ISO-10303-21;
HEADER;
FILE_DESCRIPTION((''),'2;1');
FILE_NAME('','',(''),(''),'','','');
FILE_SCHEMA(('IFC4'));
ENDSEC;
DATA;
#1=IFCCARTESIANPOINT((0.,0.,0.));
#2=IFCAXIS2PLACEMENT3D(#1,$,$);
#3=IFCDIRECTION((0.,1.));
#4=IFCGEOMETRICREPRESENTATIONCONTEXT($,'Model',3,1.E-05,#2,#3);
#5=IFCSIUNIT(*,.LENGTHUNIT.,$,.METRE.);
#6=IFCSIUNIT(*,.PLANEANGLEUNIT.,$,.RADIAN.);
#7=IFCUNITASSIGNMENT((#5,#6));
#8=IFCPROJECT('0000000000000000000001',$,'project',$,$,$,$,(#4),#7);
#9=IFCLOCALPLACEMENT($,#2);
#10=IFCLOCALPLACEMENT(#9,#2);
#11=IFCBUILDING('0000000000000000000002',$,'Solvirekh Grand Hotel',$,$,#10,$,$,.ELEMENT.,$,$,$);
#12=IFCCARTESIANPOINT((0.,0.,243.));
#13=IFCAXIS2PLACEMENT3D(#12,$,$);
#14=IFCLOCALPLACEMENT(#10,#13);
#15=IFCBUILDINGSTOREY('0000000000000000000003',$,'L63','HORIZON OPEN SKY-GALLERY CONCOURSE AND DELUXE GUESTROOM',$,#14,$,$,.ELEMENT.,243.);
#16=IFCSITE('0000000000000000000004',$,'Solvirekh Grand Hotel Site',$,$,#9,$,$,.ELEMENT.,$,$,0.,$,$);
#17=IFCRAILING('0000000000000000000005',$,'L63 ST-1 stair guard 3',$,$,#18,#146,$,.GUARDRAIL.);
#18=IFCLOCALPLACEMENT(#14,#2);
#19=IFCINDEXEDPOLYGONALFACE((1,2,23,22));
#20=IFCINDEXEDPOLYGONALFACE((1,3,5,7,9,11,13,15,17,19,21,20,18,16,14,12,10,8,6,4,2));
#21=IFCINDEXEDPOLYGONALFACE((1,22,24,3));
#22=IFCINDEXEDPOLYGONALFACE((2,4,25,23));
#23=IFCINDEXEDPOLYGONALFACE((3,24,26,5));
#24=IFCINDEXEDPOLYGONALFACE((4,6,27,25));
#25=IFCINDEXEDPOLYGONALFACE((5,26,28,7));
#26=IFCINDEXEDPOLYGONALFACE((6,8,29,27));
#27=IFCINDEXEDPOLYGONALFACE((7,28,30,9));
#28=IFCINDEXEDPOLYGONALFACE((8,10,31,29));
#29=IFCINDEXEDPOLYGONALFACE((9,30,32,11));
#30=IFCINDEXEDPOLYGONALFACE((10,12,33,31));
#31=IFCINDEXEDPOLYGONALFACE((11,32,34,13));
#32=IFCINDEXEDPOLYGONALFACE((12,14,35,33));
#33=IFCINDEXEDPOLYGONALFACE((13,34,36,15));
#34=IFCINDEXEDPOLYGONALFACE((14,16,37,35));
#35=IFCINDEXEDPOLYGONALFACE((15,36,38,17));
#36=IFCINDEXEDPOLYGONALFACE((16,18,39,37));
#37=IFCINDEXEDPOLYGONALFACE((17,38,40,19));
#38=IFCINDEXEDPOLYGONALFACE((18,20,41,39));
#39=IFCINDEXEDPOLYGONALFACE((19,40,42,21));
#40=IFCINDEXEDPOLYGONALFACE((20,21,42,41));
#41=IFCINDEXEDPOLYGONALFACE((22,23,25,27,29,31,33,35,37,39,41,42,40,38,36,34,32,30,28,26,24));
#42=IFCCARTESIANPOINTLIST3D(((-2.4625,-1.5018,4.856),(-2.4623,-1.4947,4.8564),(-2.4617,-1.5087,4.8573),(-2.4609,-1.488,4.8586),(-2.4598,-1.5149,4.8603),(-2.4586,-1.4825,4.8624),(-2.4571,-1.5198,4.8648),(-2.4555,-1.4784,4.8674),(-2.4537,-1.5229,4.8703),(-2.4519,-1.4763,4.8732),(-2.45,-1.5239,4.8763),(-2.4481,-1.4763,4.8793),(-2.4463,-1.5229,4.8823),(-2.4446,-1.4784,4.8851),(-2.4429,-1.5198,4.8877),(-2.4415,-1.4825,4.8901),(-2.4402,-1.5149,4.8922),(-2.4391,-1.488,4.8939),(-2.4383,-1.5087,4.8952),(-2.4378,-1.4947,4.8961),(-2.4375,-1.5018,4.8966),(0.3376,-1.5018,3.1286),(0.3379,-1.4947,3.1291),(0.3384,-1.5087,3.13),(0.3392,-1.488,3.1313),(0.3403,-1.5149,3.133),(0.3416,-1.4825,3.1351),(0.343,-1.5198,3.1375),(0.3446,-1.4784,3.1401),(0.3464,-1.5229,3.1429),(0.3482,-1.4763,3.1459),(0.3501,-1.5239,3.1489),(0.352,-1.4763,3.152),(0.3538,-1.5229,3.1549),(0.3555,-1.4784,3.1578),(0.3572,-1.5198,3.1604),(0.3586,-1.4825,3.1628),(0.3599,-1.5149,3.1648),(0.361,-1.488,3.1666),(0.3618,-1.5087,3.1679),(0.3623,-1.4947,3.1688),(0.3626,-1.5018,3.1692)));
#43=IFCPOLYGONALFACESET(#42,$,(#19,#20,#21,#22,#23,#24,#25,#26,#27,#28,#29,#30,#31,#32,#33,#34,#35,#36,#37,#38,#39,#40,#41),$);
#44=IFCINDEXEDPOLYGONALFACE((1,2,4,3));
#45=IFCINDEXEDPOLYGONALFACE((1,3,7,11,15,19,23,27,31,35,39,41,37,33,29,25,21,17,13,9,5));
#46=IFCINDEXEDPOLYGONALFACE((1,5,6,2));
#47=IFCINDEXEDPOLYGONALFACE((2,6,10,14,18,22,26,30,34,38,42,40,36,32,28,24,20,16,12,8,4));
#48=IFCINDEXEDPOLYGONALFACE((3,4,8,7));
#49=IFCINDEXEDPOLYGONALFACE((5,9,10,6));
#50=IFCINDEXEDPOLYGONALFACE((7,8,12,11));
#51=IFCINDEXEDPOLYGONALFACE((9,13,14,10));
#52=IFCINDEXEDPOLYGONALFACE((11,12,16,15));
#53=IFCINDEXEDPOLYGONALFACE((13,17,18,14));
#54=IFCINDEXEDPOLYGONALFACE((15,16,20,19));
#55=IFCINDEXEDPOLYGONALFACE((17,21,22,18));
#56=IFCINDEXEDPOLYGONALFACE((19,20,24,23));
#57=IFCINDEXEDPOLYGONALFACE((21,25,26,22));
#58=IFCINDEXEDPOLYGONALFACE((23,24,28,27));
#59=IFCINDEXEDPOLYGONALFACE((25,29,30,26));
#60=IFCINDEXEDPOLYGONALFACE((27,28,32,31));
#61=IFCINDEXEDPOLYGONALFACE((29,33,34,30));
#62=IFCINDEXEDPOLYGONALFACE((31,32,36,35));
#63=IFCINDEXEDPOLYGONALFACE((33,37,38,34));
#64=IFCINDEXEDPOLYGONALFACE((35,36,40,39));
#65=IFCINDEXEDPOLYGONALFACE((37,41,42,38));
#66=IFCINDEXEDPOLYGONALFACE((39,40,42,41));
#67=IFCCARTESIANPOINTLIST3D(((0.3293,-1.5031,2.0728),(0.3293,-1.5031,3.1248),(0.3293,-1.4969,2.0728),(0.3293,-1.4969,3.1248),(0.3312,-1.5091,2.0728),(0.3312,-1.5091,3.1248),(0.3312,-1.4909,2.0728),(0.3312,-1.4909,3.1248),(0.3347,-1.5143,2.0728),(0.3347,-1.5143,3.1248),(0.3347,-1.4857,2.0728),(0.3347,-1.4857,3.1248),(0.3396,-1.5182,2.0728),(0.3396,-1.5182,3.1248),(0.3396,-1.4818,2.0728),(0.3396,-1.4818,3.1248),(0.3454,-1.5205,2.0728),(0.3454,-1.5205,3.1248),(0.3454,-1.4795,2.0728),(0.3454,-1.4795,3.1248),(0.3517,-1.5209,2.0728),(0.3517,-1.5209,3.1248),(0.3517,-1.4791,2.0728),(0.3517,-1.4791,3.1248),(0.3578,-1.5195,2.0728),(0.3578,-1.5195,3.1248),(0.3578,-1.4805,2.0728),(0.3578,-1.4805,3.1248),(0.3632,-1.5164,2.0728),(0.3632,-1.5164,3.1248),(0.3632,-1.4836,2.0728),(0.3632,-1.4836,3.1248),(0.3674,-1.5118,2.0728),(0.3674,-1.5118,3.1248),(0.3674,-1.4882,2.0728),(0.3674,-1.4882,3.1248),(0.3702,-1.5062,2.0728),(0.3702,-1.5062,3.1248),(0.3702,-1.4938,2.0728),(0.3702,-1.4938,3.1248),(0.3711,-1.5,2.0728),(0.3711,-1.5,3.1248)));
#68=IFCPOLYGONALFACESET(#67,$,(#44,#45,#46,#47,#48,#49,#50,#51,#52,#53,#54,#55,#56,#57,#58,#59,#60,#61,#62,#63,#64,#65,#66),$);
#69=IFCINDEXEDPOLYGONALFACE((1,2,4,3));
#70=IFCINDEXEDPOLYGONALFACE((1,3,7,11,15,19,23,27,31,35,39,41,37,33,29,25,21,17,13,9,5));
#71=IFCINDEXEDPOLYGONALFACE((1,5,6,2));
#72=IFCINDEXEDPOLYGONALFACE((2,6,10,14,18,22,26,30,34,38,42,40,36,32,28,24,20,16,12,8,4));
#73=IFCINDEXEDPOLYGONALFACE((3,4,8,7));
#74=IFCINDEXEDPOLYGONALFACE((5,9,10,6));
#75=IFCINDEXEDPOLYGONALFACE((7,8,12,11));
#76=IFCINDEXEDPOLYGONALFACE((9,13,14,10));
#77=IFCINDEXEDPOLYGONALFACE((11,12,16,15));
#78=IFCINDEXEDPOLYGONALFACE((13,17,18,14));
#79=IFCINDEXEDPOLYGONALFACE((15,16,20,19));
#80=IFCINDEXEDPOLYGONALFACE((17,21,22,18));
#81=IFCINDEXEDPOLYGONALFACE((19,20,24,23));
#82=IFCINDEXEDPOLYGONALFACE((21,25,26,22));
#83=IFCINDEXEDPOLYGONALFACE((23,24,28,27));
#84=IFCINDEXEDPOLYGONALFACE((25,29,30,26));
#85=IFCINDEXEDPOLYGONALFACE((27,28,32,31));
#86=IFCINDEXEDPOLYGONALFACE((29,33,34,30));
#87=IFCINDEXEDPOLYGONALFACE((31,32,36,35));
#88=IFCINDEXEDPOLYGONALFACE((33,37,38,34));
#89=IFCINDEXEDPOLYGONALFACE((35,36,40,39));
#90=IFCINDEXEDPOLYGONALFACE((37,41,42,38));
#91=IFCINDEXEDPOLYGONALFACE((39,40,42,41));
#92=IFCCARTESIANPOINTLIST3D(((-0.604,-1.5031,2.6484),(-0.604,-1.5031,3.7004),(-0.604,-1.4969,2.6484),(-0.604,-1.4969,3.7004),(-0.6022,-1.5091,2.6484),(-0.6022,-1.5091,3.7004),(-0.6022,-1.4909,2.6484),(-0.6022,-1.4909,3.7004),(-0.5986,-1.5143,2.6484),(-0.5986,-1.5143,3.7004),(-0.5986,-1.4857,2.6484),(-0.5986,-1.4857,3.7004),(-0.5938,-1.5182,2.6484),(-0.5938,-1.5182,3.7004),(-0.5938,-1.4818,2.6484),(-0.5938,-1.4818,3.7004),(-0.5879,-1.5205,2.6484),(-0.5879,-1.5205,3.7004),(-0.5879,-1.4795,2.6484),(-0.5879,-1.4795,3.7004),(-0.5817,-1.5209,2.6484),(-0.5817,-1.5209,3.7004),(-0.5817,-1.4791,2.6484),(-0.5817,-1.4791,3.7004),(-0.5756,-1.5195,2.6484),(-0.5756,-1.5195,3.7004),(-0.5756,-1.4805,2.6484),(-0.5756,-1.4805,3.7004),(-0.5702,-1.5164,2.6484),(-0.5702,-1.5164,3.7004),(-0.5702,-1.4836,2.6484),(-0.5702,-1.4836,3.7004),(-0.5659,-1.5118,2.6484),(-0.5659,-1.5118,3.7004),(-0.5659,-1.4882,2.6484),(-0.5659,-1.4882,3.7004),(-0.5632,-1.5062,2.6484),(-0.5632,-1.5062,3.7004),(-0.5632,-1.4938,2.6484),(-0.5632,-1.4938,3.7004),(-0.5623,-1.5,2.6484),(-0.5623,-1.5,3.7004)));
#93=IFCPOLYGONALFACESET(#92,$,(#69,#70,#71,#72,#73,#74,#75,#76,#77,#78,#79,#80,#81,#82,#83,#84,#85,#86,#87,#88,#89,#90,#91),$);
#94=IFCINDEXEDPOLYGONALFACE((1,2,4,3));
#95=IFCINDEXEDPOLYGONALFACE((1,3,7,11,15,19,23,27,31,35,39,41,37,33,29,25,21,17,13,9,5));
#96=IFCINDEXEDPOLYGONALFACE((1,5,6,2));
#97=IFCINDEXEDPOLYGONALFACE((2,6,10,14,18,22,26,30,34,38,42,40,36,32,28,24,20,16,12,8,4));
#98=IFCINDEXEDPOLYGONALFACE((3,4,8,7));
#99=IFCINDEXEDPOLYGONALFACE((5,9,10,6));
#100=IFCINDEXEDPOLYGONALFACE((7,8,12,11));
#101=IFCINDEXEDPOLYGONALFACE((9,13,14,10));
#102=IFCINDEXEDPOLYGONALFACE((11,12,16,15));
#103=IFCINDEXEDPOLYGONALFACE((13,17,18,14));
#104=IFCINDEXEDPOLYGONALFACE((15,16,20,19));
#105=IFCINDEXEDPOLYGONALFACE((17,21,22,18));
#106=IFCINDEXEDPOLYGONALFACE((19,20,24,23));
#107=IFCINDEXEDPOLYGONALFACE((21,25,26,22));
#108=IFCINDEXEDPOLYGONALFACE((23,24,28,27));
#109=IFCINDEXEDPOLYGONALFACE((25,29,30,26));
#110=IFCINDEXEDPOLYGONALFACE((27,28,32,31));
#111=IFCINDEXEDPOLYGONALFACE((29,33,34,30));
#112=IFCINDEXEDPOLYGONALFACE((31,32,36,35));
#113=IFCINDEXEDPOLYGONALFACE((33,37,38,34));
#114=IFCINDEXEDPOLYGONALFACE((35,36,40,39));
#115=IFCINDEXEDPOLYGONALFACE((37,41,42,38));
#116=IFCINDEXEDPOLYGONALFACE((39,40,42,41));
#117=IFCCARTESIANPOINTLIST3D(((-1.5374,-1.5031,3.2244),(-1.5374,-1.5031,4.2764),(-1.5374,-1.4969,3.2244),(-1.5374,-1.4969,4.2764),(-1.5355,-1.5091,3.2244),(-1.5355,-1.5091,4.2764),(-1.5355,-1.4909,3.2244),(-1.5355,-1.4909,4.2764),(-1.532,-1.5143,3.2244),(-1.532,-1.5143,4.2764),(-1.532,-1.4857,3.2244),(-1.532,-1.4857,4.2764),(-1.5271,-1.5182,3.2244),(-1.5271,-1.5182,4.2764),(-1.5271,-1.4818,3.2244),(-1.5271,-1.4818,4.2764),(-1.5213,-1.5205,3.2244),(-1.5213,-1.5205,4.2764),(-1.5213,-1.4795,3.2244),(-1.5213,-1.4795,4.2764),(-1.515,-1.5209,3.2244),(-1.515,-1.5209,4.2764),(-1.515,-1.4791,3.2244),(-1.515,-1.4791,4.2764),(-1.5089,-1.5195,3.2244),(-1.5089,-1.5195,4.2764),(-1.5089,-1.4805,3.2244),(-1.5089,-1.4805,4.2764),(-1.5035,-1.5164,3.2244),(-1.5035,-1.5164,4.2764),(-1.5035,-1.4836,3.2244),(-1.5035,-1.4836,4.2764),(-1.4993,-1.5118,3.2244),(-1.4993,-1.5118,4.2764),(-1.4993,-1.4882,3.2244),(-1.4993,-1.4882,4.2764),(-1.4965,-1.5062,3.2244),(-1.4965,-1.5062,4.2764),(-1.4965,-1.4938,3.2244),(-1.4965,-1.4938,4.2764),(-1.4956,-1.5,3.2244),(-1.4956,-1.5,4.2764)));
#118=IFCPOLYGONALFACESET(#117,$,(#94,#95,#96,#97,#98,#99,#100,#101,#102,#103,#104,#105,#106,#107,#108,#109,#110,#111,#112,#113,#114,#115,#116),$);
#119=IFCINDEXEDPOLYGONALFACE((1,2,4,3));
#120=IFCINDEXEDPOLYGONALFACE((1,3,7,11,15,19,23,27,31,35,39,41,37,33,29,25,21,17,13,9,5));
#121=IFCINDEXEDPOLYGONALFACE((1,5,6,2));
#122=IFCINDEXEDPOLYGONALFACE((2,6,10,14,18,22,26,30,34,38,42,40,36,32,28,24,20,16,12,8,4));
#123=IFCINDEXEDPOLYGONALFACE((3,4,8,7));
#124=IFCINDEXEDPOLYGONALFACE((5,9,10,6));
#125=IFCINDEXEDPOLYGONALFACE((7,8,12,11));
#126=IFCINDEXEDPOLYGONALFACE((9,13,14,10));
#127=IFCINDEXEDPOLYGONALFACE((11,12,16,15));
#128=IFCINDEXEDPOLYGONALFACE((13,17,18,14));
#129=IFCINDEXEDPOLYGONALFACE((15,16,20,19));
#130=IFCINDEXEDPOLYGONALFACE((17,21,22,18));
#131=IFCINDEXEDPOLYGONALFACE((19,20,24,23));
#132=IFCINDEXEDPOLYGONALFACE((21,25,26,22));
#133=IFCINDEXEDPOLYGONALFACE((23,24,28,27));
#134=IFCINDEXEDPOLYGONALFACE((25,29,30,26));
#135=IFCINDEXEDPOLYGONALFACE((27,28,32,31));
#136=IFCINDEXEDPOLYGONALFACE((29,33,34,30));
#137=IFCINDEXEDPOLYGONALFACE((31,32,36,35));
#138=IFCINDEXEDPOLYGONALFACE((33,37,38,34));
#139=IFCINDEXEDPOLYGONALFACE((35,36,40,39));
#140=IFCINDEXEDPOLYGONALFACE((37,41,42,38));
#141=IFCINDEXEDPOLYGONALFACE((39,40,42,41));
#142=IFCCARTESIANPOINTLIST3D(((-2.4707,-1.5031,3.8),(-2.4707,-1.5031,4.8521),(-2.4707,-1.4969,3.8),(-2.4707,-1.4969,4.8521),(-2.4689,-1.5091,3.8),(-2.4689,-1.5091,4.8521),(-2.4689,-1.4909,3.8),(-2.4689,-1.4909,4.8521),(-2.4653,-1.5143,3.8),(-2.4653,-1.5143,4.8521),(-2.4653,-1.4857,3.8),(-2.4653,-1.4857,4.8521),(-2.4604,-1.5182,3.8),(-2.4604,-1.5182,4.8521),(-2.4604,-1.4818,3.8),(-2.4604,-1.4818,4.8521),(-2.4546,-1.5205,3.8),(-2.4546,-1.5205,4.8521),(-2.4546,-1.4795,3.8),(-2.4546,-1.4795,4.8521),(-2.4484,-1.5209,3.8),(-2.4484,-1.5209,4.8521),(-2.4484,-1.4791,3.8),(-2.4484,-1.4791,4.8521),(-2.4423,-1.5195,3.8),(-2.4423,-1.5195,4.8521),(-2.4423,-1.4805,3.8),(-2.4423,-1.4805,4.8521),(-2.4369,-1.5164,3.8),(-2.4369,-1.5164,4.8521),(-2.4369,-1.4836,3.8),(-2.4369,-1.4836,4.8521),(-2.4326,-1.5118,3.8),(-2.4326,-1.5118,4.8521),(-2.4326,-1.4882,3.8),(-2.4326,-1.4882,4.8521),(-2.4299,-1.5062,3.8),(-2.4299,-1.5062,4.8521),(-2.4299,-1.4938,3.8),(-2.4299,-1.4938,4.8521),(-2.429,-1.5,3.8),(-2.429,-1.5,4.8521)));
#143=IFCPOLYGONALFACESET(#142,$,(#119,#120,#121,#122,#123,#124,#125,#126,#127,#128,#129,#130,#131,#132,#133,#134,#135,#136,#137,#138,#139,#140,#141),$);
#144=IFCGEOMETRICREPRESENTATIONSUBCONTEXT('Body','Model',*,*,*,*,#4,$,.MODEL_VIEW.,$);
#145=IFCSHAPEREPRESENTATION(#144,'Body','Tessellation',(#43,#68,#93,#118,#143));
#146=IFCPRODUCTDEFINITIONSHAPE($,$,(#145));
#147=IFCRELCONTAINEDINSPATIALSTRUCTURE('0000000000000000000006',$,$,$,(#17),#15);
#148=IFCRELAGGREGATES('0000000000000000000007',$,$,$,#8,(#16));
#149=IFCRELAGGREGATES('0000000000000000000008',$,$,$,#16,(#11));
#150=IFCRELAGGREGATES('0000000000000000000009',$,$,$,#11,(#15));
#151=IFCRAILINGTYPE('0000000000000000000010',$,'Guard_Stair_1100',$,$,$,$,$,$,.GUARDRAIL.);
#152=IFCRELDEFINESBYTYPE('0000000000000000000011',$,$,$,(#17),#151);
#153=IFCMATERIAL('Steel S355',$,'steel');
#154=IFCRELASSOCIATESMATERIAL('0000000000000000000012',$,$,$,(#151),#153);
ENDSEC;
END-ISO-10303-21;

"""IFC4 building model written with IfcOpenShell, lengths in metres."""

from ifc_helpers import new_model, si_unit, direction, frame, origin, origin_2d, place, context, subcontext, project, spatial, circle, extrude, material, type_object, element, save


model = new_model("IFC4")

# Units and contexts
model_context = context("Model", 3, precision=1e-05, world=origin(), true_north=direction((0.0, 1.0)))
body_context = subcontext(model_context, "Body", "Model", "MODEL_VIEW")
ifc_project = project(units=[si_unit("LENGTHUNIT", "METRE"), si_unit("PLANEANGLEUNIT", "RADIAN")], contexts=[model_context])

# Site, building, storey
site_placement = place(None, origin())
site = spatial("IfcSite", under=ifc_project, at=site_placement, Name="Solvirekh Grand Hotel Site", CompositionType="ELEMENT", RefElevation=0.0)
building_placement = place(site_placement, origin())
building = spatial("IfcBuilding", under=site, at=building_placement, Name="Solvirekh Grand Hotel", CompositionType="ELEMENT")
storey_placement = place(building_placement, frame((0.0, 0.0, 243.0)))
storey = spatial("IfcBuildingStorey", under=building, at=storey_placement, Name="L63", Description="HORIZON OPEN SKY-GALLERY CONCOURSE AND DELUXE GUESTROOM", CompositionType="ELEMENT", Elevation=243.0)

# Shared definitions
ifc_material_1 = material(Name="Steel S355", Category="steel")

# Railing
railing_type_1 = type_object("IfcRailingType", Name="Guard_Stair_1100", PredefinedType="GUARDRAIL", material=ifc_material_1)
railing_1_placement = place(storey_placement, frame((0.3501, -1.5, 2.0728)))
element("IfcRailing", 1, at=railing_1_placement, inside=storey, type_object=railing_type_1, Name="L63 ST-1 stair guard 3", PredefinedType="GUARDRAIL", context=body_context, shape_type="SweptSolid", body=[
    extrude(circle(Radius=0.0239, at=origin_2d()), frame((0.0, 0.0, 1.0762), z_axis=(-0.85109, 0.0, 0.52502), x_axis=(0.0, -1.0, 0.0)), (0.0, 0.0, 1.0), 3.29),
    extrude(circle(Radius=0.021, at=origin_2d()), origin(), (0.0, 0.0, 1.0), 1.052),
    extrude(circle(Radius=0.021, at=origin_2d()), frame((-0.9333, 0.0, 0.5757)), (0.0, 0.0, 1.0), 1.052),
    extrude(circle(Radius=0.021, at=origin_2d()), frame((-1.8667, 0.0, 1.1516)), (0.0, 0.0, 1.0), 1.052),
    extrude(circle(Radius=0.021, at=origin_2d()), frame((-2.8, 0.0, 1.7273)), (0.0, 0.0, 1.0), 1.052),
])

save(model, "model.ifc")
